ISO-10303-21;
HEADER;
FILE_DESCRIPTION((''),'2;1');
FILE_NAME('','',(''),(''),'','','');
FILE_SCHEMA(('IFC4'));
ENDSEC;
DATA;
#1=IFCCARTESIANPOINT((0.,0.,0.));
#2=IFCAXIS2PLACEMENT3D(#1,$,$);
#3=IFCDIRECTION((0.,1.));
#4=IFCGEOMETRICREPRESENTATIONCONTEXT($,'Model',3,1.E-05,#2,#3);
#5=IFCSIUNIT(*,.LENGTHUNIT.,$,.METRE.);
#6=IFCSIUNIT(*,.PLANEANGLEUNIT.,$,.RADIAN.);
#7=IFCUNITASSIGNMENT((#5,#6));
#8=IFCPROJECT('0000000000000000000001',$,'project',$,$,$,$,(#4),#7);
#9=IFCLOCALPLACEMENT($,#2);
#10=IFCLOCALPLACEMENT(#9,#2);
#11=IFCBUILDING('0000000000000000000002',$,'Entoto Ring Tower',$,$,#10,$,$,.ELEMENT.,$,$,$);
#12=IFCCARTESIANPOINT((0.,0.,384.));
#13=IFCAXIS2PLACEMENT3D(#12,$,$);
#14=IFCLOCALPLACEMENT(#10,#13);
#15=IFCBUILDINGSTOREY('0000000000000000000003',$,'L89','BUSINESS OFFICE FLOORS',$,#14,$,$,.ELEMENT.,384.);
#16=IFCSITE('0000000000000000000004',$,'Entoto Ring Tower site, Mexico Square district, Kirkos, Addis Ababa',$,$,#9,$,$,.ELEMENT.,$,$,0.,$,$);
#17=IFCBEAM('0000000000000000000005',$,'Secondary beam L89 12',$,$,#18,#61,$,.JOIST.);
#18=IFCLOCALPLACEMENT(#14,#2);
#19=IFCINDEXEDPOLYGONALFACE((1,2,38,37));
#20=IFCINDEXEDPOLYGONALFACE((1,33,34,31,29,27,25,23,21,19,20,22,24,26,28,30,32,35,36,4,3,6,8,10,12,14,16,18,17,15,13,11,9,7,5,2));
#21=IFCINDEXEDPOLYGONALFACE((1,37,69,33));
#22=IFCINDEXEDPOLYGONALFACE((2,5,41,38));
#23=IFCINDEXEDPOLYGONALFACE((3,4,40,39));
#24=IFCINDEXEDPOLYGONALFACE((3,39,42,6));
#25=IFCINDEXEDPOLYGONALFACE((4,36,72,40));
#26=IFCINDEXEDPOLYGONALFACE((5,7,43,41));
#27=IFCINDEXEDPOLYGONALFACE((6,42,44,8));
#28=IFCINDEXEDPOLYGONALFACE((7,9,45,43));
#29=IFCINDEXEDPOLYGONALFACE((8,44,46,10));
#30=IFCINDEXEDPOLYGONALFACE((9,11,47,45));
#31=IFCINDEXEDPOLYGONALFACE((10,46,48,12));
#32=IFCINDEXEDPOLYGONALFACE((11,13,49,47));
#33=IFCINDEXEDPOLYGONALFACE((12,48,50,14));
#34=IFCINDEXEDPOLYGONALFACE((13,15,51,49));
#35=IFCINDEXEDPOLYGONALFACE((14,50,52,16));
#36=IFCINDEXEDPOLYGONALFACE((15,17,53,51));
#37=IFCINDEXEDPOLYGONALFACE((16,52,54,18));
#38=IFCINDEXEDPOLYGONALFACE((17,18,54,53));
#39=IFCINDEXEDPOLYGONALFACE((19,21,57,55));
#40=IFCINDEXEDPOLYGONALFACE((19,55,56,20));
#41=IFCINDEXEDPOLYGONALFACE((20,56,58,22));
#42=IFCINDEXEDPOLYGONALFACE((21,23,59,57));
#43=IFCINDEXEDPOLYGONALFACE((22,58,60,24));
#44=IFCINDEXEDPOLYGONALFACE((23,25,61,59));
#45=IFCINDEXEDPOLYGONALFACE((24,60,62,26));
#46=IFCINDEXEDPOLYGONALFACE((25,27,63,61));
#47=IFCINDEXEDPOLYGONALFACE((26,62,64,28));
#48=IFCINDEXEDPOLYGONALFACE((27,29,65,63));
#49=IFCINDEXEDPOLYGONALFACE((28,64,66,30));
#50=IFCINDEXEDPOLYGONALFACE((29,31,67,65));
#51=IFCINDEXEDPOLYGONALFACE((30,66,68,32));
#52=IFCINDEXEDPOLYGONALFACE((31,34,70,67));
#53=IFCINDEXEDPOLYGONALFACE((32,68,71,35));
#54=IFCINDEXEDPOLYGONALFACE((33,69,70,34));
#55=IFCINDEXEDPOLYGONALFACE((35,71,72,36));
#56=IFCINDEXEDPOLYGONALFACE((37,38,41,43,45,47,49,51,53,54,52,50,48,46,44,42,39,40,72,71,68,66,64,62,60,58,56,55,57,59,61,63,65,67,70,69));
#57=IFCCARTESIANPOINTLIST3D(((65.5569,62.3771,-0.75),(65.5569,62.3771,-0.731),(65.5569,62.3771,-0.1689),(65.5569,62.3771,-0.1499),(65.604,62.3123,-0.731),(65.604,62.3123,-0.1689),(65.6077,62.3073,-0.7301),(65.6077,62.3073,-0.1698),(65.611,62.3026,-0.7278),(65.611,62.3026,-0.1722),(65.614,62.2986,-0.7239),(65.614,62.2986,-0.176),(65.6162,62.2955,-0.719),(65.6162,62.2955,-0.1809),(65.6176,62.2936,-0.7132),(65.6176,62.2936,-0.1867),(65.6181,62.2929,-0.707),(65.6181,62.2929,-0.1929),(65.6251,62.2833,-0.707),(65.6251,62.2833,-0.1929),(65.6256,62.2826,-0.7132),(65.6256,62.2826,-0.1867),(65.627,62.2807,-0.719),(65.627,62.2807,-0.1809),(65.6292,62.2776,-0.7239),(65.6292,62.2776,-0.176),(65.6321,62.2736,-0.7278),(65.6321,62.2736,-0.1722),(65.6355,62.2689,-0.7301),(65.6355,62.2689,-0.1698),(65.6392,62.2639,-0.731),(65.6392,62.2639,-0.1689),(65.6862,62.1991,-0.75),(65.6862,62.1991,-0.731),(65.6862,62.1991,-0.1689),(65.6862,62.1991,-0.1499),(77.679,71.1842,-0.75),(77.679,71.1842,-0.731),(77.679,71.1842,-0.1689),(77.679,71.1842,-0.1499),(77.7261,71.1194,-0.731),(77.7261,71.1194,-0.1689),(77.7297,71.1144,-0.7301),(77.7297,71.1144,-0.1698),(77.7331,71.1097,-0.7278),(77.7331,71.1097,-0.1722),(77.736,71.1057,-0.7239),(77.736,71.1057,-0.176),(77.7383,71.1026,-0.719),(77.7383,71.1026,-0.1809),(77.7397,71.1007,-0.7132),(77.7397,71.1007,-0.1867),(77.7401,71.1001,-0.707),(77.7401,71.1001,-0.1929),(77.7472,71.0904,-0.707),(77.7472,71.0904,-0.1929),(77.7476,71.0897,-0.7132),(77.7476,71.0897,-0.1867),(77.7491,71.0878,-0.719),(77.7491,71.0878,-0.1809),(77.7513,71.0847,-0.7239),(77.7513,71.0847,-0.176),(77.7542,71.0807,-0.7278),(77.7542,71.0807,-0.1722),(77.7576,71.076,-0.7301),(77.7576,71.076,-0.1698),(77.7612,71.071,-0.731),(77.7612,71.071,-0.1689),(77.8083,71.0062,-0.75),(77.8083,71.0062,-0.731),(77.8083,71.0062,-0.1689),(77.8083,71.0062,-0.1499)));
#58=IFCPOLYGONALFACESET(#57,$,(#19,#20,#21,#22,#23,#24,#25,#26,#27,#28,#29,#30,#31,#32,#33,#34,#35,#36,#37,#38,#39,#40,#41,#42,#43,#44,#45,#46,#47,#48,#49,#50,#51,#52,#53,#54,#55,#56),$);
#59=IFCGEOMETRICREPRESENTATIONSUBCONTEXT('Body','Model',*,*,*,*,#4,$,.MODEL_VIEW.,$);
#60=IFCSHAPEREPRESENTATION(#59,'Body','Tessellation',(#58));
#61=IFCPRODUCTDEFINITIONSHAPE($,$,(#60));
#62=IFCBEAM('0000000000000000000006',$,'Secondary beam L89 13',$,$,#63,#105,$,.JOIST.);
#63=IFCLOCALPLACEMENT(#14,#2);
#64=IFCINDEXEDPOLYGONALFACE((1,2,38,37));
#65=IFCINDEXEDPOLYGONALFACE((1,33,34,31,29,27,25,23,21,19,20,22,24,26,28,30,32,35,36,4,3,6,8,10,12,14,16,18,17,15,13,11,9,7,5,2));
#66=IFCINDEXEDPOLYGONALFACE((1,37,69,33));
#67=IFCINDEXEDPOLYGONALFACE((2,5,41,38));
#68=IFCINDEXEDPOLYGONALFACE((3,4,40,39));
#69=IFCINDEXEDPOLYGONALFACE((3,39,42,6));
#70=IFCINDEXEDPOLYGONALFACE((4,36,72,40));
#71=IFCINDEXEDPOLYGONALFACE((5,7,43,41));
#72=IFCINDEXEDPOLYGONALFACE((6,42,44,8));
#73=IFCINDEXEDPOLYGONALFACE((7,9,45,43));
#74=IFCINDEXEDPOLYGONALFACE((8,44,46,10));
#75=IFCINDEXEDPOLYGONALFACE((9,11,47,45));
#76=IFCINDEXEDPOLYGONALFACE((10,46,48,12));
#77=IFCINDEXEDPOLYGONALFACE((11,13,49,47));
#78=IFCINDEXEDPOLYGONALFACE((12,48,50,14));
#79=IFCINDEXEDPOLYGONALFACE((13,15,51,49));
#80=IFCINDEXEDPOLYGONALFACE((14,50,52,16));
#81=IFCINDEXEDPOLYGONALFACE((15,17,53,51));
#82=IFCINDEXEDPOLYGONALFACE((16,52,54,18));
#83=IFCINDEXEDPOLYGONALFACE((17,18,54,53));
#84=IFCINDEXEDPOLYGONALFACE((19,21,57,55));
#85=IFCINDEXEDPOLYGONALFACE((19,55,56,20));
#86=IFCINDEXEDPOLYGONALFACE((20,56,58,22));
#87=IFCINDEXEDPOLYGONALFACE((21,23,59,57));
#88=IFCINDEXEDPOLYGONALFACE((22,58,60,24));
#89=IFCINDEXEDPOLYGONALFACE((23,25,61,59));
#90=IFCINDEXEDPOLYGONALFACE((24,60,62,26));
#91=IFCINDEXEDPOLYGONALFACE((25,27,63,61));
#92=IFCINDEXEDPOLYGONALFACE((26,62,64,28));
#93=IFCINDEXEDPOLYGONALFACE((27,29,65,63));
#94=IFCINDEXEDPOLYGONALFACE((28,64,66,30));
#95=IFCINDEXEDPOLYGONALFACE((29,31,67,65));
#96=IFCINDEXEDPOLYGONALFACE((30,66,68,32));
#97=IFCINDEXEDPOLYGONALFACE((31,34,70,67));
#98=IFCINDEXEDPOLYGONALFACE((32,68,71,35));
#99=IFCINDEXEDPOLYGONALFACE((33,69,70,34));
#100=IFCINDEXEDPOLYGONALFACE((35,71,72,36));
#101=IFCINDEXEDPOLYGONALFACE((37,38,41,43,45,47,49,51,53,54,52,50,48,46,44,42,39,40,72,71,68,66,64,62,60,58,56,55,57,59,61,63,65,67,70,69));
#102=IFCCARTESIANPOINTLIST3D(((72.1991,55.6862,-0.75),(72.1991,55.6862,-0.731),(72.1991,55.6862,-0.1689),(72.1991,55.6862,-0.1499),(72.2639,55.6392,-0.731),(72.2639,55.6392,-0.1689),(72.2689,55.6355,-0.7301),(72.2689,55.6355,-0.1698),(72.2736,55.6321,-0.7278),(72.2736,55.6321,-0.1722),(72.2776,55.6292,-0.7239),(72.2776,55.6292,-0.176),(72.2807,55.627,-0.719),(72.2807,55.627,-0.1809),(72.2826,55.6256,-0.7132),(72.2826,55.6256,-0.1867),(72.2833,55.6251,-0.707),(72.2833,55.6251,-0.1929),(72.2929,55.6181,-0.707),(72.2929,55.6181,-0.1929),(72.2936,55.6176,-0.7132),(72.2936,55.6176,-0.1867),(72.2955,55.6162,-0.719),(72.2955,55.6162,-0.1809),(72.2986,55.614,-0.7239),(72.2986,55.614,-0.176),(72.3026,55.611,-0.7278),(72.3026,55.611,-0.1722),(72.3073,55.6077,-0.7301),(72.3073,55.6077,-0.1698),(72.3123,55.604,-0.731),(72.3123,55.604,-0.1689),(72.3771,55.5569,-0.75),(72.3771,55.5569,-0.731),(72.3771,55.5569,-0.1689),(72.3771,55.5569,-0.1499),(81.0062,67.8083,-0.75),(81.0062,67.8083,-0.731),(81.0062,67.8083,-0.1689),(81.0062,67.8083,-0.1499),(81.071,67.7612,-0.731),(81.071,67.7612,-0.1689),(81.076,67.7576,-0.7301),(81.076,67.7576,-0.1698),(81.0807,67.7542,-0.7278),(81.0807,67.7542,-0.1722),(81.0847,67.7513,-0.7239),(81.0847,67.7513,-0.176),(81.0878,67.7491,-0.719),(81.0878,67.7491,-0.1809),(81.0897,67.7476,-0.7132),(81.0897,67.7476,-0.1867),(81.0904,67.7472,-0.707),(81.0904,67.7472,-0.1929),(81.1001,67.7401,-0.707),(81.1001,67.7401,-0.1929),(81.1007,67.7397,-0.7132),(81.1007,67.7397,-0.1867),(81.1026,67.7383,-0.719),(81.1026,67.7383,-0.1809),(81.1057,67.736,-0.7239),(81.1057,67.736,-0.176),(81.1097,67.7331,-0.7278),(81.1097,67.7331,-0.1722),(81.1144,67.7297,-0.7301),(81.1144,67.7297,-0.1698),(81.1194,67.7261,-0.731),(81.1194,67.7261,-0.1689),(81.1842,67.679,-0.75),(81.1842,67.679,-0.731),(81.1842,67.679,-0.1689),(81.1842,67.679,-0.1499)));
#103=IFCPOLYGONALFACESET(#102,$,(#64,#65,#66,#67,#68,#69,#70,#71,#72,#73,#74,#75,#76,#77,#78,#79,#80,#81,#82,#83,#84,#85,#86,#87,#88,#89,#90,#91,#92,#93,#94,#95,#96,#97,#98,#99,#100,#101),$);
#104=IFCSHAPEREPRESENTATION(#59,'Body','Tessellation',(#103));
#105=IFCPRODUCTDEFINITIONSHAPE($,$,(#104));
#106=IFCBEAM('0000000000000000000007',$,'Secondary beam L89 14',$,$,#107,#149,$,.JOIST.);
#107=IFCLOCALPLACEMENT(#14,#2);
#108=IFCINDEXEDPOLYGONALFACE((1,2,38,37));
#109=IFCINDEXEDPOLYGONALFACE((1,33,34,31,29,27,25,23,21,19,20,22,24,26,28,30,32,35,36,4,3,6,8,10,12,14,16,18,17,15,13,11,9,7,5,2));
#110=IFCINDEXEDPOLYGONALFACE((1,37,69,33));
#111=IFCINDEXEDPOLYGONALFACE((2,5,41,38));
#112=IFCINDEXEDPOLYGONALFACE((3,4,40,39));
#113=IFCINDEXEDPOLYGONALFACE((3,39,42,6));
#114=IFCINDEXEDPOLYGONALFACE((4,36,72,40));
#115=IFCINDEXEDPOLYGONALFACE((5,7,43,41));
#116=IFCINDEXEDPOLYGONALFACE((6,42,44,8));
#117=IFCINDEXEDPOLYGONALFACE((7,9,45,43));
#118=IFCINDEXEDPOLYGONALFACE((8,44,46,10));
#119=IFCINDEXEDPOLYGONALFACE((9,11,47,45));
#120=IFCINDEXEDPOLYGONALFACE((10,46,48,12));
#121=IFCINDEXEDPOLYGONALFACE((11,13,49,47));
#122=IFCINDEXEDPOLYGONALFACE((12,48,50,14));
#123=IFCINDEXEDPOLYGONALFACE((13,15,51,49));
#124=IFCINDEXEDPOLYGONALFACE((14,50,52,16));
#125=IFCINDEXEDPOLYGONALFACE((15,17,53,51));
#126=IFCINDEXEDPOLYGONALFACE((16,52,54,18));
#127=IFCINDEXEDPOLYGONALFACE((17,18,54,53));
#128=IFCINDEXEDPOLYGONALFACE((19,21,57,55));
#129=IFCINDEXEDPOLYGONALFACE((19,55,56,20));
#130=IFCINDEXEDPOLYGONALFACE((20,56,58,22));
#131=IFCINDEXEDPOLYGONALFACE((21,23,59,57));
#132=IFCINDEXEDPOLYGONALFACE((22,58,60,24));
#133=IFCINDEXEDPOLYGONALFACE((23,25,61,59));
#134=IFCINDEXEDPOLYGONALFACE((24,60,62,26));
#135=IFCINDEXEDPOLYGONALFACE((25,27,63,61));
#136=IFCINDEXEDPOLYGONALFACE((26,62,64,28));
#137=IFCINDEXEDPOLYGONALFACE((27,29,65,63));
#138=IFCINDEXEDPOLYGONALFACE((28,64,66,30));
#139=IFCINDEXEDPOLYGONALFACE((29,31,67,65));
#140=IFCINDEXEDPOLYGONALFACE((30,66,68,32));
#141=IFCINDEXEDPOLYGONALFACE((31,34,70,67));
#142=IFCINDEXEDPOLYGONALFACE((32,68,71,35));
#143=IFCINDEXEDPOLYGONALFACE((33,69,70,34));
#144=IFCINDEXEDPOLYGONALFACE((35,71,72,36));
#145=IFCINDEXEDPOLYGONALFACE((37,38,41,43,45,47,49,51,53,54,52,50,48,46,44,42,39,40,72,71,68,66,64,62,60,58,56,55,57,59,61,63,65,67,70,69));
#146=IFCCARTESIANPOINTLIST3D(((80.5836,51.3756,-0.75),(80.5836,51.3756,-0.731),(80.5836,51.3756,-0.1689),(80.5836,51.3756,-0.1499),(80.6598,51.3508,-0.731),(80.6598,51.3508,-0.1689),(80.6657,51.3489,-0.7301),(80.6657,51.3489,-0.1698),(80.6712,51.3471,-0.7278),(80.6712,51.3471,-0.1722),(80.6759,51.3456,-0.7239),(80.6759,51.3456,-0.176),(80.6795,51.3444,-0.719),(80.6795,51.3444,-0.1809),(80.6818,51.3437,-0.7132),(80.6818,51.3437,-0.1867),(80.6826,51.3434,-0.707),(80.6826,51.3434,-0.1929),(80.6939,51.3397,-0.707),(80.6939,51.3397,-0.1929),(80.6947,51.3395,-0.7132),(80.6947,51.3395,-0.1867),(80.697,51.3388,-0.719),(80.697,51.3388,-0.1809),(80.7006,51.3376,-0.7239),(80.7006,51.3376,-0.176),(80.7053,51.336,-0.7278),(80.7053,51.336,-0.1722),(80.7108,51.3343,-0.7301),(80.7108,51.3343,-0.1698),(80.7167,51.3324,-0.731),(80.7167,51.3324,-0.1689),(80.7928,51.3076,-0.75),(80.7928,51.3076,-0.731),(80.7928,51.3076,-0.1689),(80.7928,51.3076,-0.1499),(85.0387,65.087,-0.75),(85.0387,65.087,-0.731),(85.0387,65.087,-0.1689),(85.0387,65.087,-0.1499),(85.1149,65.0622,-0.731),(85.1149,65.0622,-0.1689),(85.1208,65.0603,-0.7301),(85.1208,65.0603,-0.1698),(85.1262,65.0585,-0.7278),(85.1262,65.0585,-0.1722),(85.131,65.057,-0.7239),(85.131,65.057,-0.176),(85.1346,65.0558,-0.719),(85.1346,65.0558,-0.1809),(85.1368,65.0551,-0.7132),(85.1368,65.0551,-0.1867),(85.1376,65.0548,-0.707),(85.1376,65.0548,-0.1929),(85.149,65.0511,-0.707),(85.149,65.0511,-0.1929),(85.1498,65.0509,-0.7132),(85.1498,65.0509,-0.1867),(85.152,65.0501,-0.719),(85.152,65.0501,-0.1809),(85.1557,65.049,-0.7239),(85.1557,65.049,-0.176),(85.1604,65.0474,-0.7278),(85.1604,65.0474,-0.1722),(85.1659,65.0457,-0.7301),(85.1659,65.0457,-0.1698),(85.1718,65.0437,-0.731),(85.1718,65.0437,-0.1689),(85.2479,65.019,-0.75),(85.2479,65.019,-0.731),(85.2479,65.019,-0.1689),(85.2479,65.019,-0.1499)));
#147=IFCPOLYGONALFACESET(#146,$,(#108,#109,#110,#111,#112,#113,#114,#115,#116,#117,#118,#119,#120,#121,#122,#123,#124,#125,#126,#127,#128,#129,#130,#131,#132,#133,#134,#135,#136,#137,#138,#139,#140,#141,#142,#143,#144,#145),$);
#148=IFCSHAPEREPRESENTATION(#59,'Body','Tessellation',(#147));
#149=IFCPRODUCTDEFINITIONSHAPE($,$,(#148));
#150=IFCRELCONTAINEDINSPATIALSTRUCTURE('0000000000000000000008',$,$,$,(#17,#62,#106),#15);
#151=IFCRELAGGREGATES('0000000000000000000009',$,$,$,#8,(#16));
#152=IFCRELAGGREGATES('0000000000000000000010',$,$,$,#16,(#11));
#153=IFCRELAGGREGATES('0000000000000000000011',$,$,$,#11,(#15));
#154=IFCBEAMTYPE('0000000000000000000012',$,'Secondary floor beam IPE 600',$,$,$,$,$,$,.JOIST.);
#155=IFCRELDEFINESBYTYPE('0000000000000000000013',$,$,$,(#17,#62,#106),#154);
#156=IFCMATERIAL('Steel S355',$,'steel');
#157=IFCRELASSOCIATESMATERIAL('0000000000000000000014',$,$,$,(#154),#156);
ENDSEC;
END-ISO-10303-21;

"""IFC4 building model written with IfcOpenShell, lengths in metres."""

from ifc_helpers import new_model, si_unit, direction, frame, origin, origin_2d, place, context, subcontext, project, spatial, i_section, extrude, material, material_profile, profile_set, type_object, element, save


model = new_model("IFC4")

# Units and contexts
model_context = context("Model", 3, precision=1e-05, world=origin(), true_north=direction((0.0, 1.0)))
body_context = subcontext(model_context, "Body", "Model", "MODEL_VIEW")
ifc_project = project(units=[si_unit("LENGTHUNIT", "METRE"), si_unit("PLANEANGLEUNIT", "RADIAN")], contexts=[model_context])

# Site, building, storey
site_placement = place(None, origin())
site = spatial("IfcSite", under=ifc_project, at=site_placement, Name="Entoto Ring Tower site, Mexico Square district, Kirkos, Addis Ababa", CompositionType="ELEMENT", RefElevation=0.0)
building_placement = place(site_placement, origin())
building = spatial("IfcBuilding", under=site, at=building_placement, Name="Entoto Ring Tower", CompositionType="ELEMENT")
storey_placement = place(building_placement, frame((0.0, 0.0, 384.0)))
storey = spatial("IfcBuildingStorey", under=building, at=storey_placement, Name="L89", Description="BUSINESS OFFICE FLOORS", CompositionType="ELEMENT", Elevation=384.0)

# Beams
ifc_material_1 = material(Name="Steel S355", Category="steel")
ifc_material_profile_1 = material_profile(ifc_material_1, i_section(OverallWidth=0.22, OverallDepth=0.6001, WebThickness=0.012, FlangeThickness=0.019, FilletRadius=0.0239, at=origin_2d()), Name="IPE 600")
ifc_profile_set_1 = profile_set([ifc_material_profile_1], Name="Steel S355")
beam_type_1 = type_object("IfcBeamType", Name="Secondary floor beam IPE 600", PredefinedType="JOIST", material=ifc_profile_set_1)
for number, where, z_axis, x_axis, name in (
    (1, (77.7437, 71.0952, -0.45), (-0.809019, -0.587782, 0.0), (0.587782, -0.809019, 0.0), "Secondary beam L89 12"),
    (2, (81.0952, 67.7437, -0.45), (-0.587782, -0.809019, 0.0), (0.809019, -0.587782, 0.0), "Secondary beam L89 13"),
):
    element("IfcBeam", number, at=place(storey_placement, frame(where, z_axis=z_axis, x_axis=x_axis)), inside=storey, type_object=beam_type_1, Name=name, PredefinedType="JOIST", context=body_context, shape_type="SweptSolid", body=[
        extrude(i_section(OverallWidth=0.22, OverallDepth=0.6001, WebThickness=0.012, FlangeThickness=0.019, FilletRadius=0.0239, at=origin_2d()), origin(), (0.0, 0.0, 1.0), 14.9836),
    ])
beam_1_placement = place(storey_placement, frame((85.1433, 65.053, -0.45), z_axis=(-0.309015, -0.951057, 0.0), x_axis=(0.951057, -0.309015, 0.0)))
element("IfcBeam", 3, at=beam_1_placement, inside=storey, type_object=beam_type_1, Name="Secondary beam L89 14", PredefinedType="JOIST", context=body_context, shape_type="SweptSolid", body=[
    extrude(i_section(OverallWidth=0.22, OverallDepth=0.6001, WebThickness=0.012, FlangeThickness=0.019, FilletRadius=0.0239, at=origin_2d()), origin(), (0.0, 0.0, 1.0), 14.417),
])

save(model, "model.ifc")
